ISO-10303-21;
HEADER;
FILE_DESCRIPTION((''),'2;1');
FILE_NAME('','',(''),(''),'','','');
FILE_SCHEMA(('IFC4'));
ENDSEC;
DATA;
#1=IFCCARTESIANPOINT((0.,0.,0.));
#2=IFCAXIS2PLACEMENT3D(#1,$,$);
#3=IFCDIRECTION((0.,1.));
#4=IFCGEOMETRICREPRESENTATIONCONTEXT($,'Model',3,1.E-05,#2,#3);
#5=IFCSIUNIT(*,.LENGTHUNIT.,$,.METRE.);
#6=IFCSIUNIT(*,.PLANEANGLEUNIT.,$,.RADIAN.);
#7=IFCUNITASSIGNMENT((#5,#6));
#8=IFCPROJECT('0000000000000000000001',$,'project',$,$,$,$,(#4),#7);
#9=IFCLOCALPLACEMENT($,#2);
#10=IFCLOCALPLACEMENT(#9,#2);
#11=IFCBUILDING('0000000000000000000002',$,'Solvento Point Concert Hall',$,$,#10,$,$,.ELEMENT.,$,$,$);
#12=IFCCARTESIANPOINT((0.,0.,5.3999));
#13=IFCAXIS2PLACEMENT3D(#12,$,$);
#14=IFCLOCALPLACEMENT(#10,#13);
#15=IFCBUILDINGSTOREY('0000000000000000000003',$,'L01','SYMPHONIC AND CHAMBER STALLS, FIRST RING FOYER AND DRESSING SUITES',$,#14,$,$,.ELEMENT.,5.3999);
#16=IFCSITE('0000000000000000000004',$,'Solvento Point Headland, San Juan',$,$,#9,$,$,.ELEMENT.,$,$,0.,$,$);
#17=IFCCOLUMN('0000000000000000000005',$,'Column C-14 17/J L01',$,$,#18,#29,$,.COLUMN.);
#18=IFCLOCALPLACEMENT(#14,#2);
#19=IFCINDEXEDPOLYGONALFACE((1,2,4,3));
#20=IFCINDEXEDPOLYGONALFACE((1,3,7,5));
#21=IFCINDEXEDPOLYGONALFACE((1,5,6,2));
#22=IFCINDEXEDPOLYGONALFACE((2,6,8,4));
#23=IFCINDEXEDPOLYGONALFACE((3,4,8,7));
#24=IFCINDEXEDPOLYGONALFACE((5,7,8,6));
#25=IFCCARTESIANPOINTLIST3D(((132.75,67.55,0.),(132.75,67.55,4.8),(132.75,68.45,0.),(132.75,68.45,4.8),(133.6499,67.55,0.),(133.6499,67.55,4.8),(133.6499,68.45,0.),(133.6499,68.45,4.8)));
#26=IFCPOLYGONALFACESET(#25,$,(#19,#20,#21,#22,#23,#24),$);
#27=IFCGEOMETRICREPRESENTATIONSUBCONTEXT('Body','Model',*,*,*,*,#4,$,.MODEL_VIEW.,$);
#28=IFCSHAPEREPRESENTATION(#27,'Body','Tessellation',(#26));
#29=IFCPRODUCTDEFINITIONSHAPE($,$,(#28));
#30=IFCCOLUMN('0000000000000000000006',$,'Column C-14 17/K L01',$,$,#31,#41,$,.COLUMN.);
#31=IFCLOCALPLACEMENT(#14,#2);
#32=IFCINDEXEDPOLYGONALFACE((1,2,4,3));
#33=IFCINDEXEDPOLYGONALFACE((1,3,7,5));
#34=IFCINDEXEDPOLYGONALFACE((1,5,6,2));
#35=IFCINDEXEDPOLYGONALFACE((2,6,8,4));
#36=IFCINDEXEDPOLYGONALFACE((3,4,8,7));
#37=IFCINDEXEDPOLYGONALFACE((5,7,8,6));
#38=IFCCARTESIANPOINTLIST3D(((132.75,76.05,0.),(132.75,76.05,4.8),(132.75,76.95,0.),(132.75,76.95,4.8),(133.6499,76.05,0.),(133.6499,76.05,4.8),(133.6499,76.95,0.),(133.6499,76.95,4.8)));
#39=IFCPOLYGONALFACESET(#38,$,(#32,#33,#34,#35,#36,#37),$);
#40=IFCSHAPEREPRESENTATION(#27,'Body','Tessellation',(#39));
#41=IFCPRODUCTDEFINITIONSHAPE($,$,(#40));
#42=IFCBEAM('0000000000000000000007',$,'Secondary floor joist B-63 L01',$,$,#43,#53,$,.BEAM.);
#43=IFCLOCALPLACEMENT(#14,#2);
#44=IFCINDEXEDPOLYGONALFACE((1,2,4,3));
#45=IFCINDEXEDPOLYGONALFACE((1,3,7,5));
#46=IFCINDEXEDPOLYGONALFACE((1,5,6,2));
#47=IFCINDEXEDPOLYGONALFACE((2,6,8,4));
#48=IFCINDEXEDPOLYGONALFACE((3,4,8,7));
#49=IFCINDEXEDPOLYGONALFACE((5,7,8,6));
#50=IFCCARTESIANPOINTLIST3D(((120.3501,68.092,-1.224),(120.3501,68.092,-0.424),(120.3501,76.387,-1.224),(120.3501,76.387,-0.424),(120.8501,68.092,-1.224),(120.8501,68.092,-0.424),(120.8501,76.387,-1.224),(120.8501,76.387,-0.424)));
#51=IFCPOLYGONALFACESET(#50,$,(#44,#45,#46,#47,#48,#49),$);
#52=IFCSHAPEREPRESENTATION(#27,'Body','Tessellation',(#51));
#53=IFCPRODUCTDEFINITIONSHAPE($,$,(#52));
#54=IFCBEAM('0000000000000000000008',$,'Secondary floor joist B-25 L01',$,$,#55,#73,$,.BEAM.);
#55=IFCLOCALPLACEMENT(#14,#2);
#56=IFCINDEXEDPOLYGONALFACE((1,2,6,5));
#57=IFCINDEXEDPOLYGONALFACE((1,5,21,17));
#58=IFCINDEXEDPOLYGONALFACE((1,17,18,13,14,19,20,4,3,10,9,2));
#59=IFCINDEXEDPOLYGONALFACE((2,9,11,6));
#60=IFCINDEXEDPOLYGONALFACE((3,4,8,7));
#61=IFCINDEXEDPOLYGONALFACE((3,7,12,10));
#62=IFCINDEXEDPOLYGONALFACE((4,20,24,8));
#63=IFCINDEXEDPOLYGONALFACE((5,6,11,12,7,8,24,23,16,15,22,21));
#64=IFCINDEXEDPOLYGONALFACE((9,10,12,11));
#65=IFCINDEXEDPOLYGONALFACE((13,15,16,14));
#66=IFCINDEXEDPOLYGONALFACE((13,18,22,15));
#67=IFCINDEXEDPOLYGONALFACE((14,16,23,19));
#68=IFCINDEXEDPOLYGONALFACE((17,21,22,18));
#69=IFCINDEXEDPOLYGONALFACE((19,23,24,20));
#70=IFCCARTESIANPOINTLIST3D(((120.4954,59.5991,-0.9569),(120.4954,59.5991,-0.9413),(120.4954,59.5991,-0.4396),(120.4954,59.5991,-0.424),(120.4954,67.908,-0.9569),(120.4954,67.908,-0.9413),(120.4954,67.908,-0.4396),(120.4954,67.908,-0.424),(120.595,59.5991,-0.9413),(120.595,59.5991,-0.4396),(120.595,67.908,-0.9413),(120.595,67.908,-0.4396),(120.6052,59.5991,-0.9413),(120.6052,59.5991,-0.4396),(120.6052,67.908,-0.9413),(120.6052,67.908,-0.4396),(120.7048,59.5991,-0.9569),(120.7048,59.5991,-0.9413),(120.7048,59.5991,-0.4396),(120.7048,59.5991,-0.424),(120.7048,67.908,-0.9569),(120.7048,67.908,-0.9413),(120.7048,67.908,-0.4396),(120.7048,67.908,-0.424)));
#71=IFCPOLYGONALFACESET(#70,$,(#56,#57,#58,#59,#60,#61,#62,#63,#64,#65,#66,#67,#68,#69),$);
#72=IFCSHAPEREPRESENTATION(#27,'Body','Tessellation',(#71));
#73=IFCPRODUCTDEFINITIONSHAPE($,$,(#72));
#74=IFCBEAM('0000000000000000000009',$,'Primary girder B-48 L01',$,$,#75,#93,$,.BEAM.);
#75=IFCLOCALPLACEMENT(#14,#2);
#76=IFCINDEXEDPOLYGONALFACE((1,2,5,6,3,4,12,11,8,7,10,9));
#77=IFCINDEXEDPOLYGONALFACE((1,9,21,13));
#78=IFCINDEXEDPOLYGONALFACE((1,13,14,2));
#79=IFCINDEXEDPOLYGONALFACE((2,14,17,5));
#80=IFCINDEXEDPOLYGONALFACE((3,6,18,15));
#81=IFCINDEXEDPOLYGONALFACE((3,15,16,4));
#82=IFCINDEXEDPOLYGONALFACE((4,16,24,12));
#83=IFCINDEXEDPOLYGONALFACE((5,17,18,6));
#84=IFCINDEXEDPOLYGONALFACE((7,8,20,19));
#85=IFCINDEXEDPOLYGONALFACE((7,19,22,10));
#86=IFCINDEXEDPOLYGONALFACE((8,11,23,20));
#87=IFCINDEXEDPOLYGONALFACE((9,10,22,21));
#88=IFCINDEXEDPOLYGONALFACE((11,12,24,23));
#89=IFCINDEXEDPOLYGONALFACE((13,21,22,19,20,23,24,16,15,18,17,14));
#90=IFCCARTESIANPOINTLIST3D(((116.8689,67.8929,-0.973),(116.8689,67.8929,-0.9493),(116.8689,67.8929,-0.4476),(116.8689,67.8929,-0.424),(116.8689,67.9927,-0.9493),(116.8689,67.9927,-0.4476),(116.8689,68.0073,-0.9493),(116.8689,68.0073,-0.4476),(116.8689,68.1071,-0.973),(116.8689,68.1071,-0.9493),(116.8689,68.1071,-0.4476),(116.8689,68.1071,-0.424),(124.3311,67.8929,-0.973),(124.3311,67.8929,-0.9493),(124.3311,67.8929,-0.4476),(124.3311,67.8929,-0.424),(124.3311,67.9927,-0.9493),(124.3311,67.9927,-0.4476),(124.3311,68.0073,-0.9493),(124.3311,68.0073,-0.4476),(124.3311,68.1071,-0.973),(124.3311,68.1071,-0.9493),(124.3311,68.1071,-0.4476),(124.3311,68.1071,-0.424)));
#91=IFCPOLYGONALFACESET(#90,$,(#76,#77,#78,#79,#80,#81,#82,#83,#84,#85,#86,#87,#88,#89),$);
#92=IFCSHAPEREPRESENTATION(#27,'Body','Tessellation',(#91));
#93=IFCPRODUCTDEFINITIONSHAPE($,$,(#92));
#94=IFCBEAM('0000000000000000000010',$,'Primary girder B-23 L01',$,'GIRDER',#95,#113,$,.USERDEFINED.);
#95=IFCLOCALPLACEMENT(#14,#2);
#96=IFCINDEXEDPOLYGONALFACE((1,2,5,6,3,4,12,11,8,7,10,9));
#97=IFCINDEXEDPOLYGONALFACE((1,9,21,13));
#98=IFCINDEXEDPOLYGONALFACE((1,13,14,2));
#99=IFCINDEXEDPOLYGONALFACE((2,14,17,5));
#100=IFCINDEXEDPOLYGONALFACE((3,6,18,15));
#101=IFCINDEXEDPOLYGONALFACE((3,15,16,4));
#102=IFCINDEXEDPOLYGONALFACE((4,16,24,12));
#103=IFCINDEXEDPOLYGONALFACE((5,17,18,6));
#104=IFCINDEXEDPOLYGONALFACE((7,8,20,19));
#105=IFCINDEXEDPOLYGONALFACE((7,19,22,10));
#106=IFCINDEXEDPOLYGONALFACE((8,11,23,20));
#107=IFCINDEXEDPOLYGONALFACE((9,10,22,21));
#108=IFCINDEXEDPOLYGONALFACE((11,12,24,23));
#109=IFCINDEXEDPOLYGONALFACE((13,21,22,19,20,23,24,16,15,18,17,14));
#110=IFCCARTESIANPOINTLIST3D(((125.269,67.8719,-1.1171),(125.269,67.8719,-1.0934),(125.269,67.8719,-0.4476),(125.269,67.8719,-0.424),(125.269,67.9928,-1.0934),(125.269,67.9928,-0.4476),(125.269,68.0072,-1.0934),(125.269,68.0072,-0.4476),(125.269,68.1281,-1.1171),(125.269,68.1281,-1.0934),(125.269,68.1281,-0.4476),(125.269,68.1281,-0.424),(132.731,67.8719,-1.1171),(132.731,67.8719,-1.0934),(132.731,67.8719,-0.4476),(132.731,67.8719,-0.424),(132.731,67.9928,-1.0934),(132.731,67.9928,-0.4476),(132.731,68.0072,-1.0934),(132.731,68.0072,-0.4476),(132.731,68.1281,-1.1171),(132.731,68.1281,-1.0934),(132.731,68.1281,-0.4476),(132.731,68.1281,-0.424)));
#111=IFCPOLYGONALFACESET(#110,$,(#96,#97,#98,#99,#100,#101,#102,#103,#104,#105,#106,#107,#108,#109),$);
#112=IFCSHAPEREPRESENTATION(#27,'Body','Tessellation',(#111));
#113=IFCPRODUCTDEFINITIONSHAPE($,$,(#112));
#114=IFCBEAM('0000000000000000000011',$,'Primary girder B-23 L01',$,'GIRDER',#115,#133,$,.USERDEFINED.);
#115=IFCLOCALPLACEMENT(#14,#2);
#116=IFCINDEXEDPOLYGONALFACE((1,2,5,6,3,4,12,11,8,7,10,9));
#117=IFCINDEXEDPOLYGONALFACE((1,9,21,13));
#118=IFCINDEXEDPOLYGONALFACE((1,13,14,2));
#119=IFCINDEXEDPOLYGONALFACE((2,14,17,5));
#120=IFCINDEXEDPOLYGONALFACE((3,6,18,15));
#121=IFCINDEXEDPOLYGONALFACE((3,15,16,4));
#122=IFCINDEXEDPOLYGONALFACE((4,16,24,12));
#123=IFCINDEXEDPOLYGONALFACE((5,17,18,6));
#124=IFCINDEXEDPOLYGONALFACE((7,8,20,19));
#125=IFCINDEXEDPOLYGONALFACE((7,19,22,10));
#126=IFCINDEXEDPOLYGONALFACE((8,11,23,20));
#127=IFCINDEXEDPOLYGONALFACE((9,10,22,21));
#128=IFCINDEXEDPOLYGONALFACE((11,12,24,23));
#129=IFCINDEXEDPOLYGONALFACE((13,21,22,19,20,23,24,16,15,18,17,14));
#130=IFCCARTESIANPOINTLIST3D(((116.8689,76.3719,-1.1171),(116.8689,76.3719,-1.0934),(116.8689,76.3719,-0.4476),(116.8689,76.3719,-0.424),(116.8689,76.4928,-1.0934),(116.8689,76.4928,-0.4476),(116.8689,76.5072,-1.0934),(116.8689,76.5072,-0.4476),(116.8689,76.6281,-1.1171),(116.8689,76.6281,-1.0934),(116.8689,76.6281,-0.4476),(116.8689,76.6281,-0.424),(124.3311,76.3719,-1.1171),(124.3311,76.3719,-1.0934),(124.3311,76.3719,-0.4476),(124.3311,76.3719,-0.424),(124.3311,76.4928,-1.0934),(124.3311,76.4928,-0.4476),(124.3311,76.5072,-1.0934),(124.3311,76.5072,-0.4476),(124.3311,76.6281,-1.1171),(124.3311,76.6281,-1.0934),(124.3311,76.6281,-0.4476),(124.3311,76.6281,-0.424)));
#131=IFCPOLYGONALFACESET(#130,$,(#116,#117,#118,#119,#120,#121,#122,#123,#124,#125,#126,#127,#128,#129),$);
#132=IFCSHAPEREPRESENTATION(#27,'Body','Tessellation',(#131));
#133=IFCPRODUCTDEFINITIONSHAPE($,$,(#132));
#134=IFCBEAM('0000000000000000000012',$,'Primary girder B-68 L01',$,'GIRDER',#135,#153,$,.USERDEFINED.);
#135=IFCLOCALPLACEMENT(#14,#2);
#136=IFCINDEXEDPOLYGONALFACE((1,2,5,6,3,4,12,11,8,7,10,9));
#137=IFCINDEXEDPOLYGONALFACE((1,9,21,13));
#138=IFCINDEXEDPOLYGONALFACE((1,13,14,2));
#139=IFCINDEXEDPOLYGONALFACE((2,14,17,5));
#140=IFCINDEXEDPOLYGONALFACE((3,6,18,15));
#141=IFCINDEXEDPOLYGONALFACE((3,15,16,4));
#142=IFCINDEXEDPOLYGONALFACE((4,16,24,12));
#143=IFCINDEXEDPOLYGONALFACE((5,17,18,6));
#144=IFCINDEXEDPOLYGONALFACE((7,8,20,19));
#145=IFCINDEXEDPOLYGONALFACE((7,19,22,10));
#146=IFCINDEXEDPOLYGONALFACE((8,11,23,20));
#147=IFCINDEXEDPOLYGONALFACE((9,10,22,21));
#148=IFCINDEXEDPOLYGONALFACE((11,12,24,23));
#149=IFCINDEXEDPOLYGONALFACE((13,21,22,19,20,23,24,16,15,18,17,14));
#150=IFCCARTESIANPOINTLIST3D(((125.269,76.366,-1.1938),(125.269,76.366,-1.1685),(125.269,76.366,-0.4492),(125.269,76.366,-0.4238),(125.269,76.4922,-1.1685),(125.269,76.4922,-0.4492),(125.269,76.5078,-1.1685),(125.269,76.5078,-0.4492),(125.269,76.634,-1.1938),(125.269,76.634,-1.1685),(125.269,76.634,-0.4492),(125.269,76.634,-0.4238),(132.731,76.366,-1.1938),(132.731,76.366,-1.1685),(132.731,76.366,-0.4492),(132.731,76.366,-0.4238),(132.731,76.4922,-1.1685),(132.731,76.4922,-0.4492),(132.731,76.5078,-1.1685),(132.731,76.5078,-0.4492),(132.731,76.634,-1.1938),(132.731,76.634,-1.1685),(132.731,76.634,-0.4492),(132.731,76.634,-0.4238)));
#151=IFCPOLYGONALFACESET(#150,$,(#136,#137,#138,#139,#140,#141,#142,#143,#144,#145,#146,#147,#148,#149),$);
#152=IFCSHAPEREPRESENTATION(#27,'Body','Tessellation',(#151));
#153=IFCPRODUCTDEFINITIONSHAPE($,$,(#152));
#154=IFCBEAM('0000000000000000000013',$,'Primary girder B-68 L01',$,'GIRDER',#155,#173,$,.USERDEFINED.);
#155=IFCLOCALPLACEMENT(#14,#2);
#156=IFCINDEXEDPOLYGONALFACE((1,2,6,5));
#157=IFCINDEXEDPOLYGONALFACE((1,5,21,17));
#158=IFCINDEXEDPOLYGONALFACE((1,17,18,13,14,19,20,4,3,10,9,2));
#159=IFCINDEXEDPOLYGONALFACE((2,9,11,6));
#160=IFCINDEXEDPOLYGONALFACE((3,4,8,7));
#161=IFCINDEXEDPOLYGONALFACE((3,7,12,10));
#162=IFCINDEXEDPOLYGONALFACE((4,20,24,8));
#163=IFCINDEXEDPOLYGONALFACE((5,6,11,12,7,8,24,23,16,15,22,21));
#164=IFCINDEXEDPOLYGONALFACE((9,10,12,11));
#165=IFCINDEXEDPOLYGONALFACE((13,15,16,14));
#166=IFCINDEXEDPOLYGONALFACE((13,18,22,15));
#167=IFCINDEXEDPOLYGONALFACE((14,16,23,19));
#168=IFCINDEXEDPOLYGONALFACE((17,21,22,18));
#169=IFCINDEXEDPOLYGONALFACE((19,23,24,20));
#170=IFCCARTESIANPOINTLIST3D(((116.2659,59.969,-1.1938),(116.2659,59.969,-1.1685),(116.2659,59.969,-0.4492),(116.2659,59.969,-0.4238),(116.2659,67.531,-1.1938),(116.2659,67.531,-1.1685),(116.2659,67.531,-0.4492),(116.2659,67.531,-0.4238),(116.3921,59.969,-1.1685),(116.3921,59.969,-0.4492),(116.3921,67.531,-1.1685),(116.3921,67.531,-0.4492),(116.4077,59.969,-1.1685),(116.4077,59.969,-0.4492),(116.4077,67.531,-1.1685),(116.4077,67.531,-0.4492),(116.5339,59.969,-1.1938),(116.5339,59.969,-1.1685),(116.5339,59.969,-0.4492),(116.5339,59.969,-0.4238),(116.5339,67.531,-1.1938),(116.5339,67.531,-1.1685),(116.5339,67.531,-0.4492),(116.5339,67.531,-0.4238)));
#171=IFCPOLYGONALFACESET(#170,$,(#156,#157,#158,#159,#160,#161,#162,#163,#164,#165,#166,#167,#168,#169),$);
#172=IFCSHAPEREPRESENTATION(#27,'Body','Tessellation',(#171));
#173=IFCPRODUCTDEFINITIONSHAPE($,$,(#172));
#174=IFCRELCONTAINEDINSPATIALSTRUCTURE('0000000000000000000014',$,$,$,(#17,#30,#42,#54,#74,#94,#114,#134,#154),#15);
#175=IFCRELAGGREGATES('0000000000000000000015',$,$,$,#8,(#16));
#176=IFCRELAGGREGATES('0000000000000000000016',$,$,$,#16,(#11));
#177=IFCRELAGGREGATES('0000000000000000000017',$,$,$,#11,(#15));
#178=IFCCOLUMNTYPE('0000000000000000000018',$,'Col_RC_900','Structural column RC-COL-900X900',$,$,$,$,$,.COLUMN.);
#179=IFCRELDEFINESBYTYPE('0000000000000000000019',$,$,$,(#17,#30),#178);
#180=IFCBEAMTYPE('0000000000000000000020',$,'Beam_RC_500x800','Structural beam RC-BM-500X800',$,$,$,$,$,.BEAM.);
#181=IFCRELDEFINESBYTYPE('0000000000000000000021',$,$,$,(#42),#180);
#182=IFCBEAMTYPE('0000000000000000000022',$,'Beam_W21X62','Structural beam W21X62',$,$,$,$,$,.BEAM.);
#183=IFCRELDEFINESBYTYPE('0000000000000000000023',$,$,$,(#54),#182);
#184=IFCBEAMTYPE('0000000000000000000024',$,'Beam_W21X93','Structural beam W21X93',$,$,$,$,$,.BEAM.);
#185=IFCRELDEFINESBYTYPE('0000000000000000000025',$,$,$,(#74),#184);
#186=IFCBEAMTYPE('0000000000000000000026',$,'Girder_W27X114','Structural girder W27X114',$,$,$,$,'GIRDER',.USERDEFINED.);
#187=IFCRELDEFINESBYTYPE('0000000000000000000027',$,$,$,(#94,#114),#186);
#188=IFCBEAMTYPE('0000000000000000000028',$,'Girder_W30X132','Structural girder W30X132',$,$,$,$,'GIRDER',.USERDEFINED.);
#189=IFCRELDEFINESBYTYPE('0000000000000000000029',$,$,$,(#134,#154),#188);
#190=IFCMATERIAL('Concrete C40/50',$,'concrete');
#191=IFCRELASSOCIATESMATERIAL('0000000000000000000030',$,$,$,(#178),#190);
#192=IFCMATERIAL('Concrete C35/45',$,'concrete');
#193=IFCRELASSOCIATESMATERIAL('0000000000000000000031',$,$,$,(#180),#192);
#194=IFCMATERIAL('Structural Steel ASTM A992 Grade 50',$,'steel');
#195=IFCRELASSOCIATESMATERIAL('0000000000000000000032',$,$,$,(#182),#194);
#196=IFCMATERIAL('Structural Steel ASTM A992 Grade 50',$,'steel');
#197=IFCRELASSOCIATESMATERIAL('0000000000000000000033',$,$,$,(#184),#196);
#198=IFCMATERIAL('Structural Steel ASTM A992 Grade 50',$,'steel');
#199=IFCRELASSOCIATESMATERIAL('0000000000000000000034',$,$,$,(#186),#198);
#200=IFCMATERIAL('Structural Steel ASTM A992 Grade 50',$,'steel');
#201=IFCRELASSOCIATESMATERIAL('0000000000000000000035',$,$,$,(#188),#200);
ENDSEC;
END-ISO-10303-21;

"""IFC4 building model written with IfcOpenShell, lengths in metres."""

from ifc_helpers import new_model, si_unit, direction, frame, origin, origin_2d, place, context, subcontext, project, spatial, rectangle, i_section, extrude, material, material_profile, profile_set, type_object, element, save


model = new_model("IFC4")

# Units and contexts
model_context = context("Model", 3, precision=1e-05, world=origin(), true_north=direction((0.0, 1.0)))
body_context = subcontext(model_context, "Body", "Model", "MODEL_VIEW")
ifc_project = project(units=[si_unit("LENGTHUNIT", "METRE"), si_unit("PLANEANGLEUNIT", "RADIAN")], contexts=[model_context])

# Site, building, storey
site_placement = place(None, origin())
site = spatial("IfcSite", under=ifc_project, at=site_placement, Name="Solvento Point Headland, San Juan", CompositionType="ELEMENT", RefElevation=0.0)
building_placement = place(site_placement, origin())
building = spatial("IfcBuilding", under=site, at=building_placement, Name="Solvento Point Concert Hall", CompositionType="ELEMENT")
storey_placement = place(building_placement, frame((0.0, 0.0, 5.3999)))
storey = spatial("IfcBuildingStorey", under=building, at=storey_placement, Name="L01", Description="SYMPHONIC AND CHAMBER STALLS, FIRST RING FOYER AND DRESSING SUITES", CompositionType="ELEMENT", Elevation=5.3999)

# Columns
ifc_material_1 = material(Name="Concrete C40/50", Category="concrete")
ifc_material_profile_1 = material_profile(ifc_material_1, rectangle(XDim=0.8999, YDim=0.8999, at=origin_2d()), Name="RC-COL-900X900")
ifc_profile_set_1 = profile_set([ifc_material_profile_1], Name="Concrete C40/50")
column_type = type_object("IfcColumnType", Name="Col_RC_900", Description="Structural column RC-COL-900X900", PredefinedType="COLUMN", material=ifc_profile_set_1)
for number, where, z_axis, x_axis, name in (
    (1, (133.2, 68.0, 0.0), (0.0, 0.0, 1.0), (1.0, 0.0, 0.0), "Column C-14 17/J L01"),
    (2, (133.2, 76.5, 0.0), (0.0, 0.0, 1.0), (1.0, 0.0, 0.0), "Column C-14 17/K L01"),
):
    element("IfcColumn", number, at=place(storey_placement, frame(where, z_axis=z_axis, x_axis=x_axis)), inside=storey, type_object=column_type, Name=name, PredefinedType="COLUMN", context=body_context, shape_type="SweptSolid", body=[
        extrude(rectangle(XDim=0.8999, YDim=0.8999, at=origin_2d()), origin(), (0.0, 0.0, 1.0), 4.8),
    ])

# Beams
ifc_material_2 = material(Name="Concrete C35/45", Category="concrete")
ifc_material_profile_2 = material_profile(ifc_material_2, rectangle(XDim=0.5, YDim=0.8, at=origin_2d()), Name="RC-BM-500X800")
ifc_profile_set_2 = profile_set([ifc_material_profile_2], Name="Concrete C35/45")
beam_type_1 = type_object("IfcBeamType", Name="Beam_RC_500x800", Description="Structural beam RC-BM-500X800", PredefinedType="BEAM", material=ifc_profile_set_2)
beam_1_placement = place(storey_placement, frame((120.6001, 68.092, -0.824), z_axis=(0.0, 1.0, 0.0), x_axis=(-1.0, 0.0, 0.0)))
element("IfcBeam", 3, at=beam_1_placement, inside=storey, type_object=beam_type_1, Name="Secondary floor joist B-63 L01", PredefinedType="BEAM", context=body_context, shape_type="SweptSolid", body=[
    extrude(rectangle(XDim=0.5, YDim=0.8, at=origin_2d()), origin(), (0.0, 0.0, 1.0), 8.2949),
])
ifc_material_3 = material(Name="Structural Steel ASTM A992 Grade 50", Category="steel")
ifc_material_profile_3 = material_profile(ifc_material_3, i_section(OverallWidth=0.2095, OverallDepth=0.533, WebThickness=0.0103, FlangeThickness=0.0156, at=origin_2d()), Name="W21X62")
ifc_profile_set_3 = profile_set([ifc_material_profile_3], Name="Structural Steel ASTM A992 Grade 50")
beam_type_2 = type_object("IfcBeamType", Name="Beam_W21X62", Description="Structural beam W21X62", PredefinedType="BEAM", material=ifc_profile_set_3)
beam_2_placement = place(storey_placement, frame((120.6001, 59.5991, -0.6904), z_axis=(0.0, 1.0, 0.0), x_axis=(-1.0, 0.0, 0.0)))
element("IfcBeam", 4, at=beam_2_placement, inside=storey, type_object=beam_type_2, Name="Secondary floor joist B-25 L01", PredefinedType="BEAM", context=body_context, shape_type="SweptSolid", body=[
    extrude(i_section(OverallWidth=0.2095, OverallDepth=0.533, WebThickness=0.0103, FlangeThickness=0.0156, at=origin_2d()), origin(), (0.0, 0.0, 1.0), 8.3088),
])
ifc_material_4 = material(Name="Structural Steel ASTM A992 Grade 50", Category="steel")
ifc_material_profile_4 = material_profile(ifc_material_4, i_section(OverallWidth=0.2141, OverallDepth=0.5491, WebThickness=0.0146, FlangeThickness=0.0237, at=origin_2d()), Name="W21X93")
ifc_profile_set_4 = profile_set([ifc_material_profile_4], Name="Structural Steel ASTM A992 Grade 50")
beam_type_3 = type_object("IfcBeamType", Name="Beam_W21X93", Description="Structural beam W21X93", PredefinedType="BEAM", material=ifc_profile_set_4)
beam_3_placement = place(storey_placement, frame((116.8689, 68.0, -0.6985), z_axis=(1.0, 0.0, 0.0), x_axis=(0.0, 1.0, 0.0)))
element("IfcBeam", 5, at=beam_3_placement, inside=storey, type_object=beam_type_3, Name="Primary girder B-48 L01", PredefinedType="BEAM", context=body_context, shape_type="SweptSolid", body=[
    extrude(i_section(OverallWidth=0.2141, OverallDepth=0.5491, WebThickness=0.0146, FlangeThickness=0.0237, at=origin_2d()), origin(), (0.0, 0.0, 1.0), 7.4622),
])
ifc_material_5 = material(Name="Structural Steel ASTM A992 Grade 50", Category="steel")
ifc_material_profile_5 = material_profile(ifc_material_5, i_section(OverallWidth=0.2561, OverallDepth=0.6931, WebThickness=0.0144, FlangeThickness=0.0237, at=origin_2d()), Name="W27X114")
ifc_profile_set_5 = profile_set([ifc_material_profile_5], Name="Structural Steel ASTM A992 Grade 50")
beam_type_4 = type_object("IfcBeamType", Name="Girder_W27X114", Description="Structural girder W27X114", ElementType="GIRDER", PredefinedType="USERDEFINED", material=ifc_profile_set_5)
beam_4_placement = place(storey_placement, frame((125.269, 68.0, -0.7705), z_axis=(1.0, 0.0, 0.0), x_axis=(0.0, 1.0, 0.0)))
element("IfcBeam", 6, at=beam_4_placement, inside=storey, type_object=beam_type_4, Name="Primary girder B-23 L01", ObjectType="GIRDER", PredefinedType="USERDEFINED", context=body_context, shape_type="SweptSolid", body=[
    extrude(i_section(OverallWidth=0.2561, OverallDepth=0.6931, WebThickness=0.0144, FlangeThickness=0.0237, at=origin_2d()), origin(), (0.0, 0.0, 1.0), 7.4619),
])
beam_5_placement = place(storey_placement, frame((116.8689, 76.5, -0.7705), z_axis=(1.0, 0.0, 0.0), x_axis=(0.0, 1.0, 0.0)))
element("IfcBeam", 7, at=beam_5_placement, inside=storey, type_object=beam_type_4, Name="Primary girder B-23 L01", ObjectType="GIRDER", PredefinedType="USERDEFINED", context=body_context, shape_type="SweptSolid", body=[
    extrude(i_section(OverallWidth=0.2561, OverallDepth=0.6931, WebThickness=0.0144, FlangeThickness=0.0237, at=origin_2d()), origin(), (0.0, 0.0, 1.0), 7.4622),
])
ifc_material_6 = material(Name="Structural Steel ASTM A992 Grade 50", Category="steel")
ifc_material_profile_6 = material_profile(ifc_material_6, i_section(OverallWidth=0.2681, OverallDepth=0.77, WebThickness=0.0156, FlangeThickness=0.0254, at=origin_2d()), Name="W30X132")
ifc_profile_set_6 = profile_set([ifc_material_profile_6], Name="Structural Steel ASTM A992 Grade 50")
beam_type_5 = type_object("IfcBeamType", Name="Girder_W30X132", Description="Structural girder W30X132", ElementType="GIRDER", PredefinedType="USERDEFINED", material=ifc_profile_set_6)
beam_6_placement = place(storey_placement, frame((125.269, 76.5, -0.8088), z_axis=(1.0, 0.0, 0.0), x_axis=(0.0, 1.0, 0.0)))
element("IfcBeam", 8, at=beam_6_placement, inside=storey, type_object=beam_type_5, Name="Primary girder B-68 L01", ObjectType="GIRDER", PredefinedType="USERDEFINED", context=body_context, shape_type="SweptSolid", body=[
    extrude(i_section(OverallWidth=0.2681, OverallDepth=0.77, WebThickness=0.0156, FlangeThickness=0.0254, at=origin_2d()), origin(), (0.0, 0.0, 1.0), 7.4619),
])
beam_7_placement = place(storey_placement, frame((116.3999, 59.969, -0.8088), z_axis=(0.0, 1.0, 0.0), x_axis=(-1.0, 0.0, 0.0)))
element("IfcBeam", 9, at=beam_7_placement, inside=storey, type_object=beam_type_5, Name="Primary girder B-68 L01", ObjectType="GIRDER", PredefinedType="USERDEFINED", context=body_context, shape_type="SweptSolid", body=[
    extrude(i_section(OverallWidth=0.2681, OverallDepth=0.77, WebThickness=0.0156, FlangeThickness=0.0254, at=origin_2d()), origin(), (0.0, 0.0, 1.0), 7.562),
])

save(model, "model.ifc")
